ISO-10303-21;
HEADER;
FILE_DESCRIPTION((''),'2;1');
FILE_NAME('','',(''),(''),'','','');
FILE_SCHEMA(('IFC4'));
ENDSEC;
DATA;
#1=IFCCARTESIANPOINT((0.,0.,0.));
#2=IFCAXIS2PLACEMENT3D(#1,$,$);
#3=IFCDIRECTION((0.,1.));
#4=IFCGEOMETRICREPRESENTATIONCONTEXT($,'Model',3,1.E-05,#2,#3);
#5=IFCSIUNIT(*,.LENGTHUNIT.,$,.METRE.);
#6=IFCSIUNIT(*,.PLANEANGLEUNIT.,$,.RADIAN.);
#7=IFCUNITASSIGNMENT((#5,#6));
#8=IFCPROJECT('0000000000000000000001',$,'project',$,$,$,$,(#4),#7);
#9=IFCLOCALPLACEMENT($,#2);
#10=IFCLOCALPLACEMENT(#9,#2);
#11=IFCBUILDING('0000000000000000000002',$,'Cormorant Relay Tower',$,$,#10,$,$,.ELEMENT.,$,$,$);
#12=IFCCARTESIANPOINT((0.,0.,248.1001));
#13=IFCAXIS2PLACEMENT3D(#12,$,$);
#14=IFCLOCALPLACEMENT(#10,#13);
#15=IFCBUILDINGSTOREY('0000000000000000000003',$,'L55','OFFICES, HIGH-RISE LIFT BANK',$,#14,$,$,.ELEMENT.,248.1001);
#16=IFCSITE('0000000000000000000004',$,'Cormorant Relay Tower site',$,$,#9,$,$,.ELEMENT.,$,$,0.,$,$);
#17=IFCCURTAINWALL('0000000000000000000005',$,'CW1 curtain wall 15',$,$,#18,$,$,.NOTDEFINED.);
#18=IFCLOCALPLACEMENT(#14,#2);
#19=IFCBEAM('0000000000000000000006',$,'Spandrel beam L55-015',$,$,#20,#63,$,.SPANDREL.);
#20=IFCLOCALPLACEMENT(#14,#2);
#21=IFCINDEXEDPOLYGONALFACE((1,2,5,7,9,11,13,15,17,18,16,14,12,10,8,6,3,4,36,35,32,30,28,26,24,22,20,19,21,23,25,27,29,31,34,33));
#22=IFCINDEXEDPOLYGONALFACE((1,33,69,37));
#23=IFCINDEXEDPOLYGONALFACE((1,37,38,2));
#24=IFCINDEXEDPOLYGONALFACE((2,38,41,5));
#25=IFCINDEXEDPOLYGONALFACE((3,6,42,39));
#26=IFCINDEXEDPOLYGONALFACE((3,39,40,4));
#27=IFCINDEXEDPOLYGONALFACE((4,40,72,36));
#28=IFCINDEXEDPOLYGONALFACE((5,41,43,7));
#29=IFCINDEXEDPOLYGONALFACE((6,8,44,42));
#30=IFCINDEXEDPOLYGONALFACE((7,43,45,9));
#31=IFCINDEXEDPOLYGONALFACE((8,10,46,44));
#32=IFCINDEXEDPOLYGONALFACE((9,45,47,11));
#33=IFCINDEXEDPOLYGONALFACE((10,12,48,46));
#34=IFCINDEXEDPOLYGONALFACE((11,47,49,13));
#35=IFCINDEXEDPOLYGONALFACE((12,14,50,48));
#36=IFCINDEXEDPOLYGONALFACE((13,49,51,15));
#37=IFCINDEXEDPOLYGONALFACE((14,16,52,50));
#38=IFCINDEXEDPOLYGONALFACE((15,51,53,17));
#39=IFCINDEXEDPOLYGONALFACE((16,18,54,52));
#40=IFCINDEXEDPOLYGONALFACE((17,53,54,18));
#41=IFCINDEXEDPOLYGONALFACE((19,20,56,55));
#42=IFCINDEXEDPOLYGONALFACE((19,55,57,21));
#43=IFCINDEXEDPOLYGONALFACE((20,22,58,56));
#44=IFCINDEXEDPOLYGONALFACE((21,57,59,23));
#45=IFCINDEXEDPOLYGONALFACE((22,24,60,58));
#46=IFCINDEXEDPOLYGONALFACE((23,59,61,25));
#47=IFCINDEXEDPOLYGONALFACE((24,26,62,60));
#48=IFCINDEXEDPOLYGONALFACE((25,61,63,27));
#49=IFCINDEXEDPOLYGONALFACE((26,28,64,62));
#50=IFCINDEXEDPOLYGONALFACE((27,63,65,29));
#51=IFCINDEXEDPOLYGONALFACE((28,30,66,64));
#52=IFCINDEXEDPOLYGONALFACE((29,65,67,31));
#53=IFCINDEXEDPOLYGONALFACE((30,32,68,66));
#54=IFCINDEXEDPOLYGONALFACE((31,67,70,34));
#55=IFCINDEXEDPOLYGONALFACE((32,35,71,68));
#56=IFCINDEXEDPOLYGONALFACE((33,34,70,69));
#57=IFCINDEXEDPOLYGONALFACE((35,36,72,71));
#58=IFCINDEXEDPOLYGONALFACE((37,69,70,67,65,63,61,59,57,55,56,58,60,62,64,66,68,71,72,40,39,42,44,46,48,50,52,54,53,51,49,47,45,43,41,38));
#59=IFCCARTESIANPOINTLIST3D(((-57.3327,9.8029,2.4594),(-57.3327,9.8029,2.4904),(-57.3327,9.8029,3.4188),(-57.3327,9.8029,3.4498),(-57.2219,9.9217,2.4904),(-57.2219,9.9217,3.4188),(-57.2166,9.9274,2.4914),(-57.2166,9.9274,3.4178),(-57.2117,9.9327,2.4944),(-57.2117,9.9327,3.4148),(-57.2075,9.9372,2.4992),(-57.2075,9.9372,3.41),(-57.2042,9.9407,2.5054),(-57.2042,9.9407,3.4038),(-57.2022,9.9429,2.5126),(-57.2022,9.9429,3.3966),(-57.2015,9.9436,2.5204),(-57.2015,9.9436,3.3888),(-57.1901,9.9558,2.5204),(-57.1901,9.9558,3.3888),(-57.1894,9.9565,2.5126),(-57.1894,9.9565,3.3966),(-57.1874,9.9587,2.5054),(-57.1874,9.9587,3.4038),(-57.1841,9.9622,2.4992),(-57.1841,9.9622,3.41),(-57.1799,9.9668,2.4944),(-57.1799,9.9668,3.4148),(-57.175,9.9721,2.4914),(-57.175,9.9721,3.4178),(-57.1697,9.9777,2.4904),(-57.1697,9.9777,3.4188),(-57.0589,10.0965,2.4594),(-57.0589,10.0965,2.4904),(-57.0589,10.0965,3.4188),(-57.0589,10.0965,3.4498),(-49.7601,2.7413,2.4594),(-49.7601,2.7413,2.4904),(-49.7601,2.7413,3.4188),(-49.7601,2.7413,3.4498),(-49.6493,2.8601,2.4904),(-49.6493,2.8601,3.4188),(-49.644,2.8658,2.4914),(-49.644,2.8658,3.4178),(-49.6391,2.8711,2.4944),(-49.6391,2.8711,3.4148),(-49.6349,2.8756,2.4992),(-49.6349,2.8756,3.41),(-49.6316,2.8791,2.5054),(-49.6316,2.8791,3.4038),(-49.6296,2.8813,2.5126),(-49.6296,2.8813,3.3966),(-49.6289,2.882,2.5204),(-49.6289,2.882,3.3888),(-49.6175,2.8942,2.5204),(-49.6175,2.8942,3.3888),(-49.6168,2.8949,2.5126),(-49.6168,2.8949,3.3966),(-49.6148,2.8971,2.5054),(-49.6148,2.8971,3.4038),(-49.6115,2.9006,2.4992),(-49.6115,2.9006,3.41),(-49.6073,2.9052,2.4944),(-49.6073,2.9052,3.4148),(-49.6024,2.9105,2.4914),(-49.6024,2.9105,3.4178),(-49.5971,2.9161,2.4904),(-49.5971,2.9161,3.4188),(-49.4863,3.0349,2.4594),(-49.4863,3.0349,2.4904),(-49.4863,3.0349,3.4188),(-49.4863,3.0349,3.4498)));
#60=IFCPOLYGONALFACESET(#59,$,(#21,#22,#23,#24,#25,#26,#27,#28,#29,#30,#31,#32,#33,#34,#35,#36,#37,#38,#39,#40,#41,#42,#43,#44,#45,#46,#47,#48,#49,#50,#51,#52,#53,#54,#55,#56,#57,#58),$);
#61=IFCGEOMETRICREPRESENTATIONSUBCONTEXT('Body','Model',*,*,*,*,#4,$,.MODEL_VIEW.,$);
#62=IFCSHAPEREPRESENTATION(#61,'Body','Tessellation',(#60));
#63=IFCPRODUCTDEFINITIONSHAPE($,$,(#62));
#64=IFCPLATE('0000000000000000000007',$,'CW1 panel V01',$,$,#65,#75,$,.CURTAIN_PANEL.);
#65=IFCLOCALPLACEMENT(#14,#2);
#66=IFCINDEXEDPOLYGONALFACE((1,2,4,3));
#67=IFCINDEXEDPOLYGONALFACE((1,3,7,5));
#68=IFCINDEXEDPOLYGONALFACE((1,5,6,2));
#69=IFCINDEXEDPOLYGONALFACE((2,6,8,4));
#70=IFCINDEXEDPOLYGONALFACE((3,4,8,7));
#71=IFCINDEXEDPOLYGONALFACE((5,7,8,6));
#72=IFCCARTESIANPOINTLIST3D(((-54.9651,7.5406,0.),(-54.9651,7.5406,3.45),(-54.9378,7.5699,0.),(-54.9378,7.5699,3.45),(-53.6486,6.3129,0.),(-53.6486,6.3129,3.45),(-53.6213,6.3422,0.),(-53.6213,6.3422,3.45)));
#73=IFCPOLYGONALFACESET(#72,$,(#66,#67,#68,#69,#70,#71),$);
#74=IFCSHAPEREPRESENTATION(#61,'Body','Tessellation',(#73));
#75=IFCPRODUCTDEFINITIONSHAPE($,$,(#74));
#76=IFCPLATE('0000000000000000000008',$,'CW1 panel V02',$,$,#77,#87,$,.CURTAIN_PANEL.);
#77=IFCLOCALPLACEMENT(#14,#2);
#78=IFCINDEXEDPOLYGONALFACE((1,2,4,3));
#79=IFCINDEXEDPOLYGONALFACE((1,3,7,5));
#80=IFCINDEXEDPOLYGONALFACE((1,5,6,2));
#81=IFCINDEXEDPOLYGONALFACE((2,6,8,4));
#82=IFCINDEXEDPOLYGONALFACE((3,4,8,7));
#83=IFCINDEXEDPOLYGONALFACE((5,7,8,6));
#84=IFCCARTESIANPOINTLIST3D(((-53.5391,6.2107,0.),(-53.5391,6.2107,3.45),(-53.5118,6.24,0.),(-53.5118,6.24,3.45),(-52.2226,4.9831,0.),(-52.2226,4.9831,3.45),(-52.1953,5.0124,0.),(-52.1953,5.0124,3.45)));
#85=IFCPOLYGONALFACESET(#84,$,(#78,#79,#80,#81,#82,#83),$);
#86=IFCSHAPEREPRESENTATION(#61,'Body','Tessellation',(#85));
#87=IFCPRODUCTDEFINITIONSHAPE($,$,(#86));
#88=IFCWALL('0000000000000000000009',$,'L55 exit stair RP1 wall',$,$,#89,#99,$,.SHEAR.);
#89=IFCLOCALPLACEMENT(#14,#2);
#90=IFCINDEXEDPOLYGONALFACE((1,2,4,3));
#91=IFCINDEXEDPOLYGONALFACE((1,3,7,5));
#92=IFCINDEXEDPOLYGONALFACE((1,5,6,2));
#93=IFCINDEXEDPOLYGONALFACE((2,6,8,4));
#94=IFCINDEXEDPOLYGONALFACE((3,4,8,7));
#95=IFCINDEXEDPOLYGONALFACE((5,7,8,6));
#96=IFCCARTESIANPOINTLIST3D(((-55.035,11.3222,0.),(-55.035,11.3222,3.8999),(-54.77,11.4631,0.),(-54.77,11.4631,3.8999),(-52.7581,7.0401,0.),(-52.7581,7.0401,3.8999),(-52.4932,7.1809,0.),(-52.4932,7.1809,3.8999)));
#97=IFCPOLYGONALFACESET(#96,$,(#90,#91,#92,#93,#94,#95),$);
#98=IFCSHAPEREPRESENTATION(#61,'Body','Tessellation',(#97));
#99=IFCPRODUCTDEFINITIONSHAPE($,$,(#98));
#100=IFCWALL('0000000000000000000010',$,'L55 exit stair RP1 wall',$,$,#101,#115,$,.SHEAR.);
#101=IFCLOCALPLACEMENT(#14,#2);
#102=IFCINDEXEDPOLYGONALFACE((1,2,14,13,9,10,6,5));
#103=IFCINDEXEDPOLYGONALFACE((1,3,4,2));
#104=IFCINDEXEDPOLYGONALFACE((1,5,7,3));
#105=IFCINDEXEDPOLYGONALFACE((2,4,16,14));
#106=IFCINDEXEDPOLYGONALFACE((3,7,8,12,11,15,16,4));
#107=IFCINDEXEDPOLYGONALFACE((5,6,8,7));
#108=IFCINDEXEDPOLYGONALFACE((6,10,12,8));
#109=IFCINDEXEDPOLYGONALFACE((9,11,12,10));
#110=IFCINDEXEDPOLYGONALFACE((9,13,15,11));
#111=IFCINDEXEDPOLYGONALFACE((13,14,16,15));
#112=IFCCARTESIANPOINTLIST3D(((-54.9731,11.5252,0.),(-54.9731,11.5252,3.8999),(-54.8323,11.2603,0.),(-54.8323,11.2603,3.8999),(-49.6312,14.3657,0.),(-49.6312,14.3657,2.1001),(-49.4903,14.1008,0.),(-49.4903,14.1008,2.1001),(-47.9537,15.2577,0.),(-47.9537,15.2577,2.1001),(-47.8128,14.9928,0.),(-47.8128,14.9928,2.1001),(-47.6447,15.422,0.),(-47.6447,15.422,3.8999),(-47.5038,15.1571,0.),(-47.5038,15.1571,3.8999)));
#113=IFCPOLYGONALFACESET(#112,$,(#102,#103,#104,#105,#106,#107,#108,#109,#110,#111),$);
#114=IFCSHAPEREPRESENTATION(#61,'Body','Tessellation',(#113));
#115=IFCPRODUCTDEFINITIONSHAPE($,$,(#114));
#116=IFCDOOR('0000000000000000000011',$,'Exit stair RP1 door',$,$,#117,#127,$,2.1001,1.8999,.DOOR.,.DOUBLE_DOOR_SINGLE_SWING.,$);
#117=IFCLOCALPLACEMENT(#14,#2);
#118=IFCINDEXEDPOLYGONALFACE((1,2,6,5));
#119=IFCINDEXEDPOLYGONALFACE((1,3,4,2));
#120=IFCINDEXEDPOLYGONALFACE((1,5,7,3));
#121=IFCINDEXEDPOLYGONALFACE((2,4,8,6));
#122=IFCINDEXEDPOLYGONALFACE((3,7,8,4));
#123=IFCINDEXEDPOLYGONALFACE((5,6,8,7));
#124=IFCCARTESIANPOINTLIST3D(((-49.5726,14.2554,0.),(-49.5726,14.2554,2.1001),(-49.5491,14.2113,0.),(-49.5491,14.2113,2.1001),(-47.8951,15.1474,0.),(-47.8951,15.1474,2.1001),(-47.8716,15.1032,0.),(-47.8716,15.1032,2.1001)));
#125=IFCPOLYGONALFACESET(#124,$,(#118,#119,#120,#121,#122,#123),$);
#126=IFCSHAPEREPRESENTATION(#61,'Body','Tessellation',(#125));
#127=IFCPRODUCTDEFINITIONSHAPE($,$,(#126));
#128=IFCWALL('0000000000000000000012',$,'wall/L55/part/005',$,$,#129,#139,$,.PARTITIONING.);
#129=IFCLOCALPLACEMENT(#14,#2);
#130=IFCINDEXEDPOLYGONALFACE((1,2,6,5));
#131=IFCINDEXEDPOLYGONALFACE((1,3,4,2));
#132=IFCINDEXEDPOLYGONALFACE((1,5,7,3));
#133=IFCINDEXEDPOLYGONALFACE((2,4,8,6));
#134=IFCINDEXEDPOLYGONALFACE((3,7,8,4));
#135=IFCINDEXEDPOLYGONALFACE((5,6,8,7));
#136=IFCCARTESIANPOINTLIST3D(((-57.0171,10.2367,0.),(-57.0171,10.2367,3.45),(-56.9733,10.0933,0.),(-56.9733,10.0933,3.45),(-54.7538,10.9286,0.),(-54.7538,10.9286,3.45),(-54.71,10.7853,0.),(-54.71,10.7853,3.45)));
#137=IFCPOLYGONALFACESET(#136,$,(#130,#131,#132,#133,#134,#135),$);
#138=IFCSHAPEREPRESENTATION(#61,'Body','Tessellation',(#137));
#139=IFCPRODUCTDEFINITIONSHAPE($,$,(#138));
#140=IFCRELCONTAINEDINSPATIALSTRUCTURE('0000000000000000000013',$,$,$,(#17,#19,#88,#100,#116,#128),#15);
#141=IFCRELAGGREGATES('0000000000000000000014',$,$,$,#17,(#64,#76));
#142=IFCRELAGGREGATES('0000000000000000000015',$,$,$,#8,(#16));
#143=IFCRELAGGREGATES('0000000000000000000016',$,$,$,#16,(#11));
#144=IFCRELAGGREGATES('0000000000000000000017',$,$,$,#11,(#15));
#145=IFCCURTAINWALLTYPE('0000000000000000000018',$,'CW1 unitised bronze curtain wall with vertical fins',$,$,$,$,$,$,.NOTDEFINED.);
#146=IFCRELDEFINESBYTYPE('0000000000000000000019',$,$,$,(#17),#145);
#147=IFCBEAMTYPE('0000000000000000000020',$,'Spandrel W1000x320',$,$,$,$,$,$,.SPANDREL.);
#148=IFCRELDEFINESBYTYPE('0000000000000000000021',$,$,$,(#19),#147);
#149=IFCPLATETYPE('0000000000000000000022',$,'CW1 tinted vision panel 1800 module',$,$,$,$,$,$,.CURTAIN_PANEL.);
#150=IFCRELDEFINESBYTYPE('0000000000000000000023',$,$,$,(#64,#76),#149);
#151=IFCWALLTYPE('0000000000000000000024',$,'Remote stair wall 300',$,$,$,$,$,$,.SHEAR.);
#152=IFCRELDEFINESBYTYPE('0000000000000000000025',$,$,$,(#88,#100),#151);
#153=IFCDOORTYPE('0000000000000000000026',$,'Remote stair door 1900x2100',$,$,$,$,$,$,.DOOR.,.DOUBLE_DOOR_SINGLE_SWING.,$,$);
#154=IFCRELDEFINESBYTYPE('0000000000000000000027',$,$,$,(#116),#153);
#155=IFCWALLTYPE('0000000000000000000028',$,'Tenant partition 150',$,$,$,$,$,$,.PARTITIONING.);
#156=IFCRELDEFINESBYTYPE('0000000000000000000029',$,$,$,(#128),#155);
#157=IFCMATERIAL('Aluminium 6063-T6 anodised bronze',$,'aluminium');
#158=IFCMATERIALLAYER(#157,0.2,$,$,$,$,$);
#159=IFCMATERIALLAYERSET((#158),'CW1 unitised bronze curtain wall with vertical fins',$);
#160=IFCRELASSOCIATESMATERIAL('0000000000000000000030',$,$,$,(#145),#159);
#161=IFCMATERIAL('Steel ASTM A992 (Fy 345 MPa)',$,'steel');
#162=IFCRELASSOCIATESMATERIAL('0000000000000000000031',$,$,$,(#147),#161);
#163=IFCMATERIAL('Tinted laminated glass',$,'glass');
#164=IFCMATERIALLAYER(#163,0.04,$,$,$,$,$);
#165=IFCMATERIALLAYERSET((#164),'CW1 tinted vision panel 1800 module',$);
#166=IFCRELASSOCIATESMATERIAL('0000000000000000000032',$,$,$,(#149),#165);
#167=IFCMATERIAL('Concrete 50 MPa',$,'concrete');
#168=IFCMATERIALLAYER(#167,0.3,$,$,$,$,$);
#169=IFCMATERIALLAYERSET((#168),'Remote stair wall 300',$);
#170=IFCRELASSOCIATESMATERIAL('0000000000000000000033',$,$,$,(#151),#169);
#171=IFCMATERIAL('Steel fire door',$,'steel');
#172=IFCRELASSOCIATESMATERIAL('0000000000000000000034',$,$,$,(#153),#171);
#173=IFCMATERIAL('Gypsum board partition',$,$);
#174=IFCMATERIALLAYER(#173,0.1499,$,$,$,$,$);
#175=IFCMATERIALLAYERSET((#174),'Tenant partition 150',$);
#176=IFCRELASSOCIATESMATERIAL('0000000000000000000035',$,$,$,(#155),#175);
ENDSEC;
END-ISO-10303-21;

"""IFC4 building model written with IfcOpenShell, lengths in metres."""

from ifc_helpers import new_model, si_unit, direction, frame, frame_2d, origin, origin_2d, place, context, subcontext, project, spatial, rectangle, i_section, extrude, material, layer, layer_set, material_profile, profile_set, type_object, element, fill, aggregate, save


model = new_model("IFC4")

# Units and contexts
model_context = context("Model", 3, precision=1e-05, world=origin(), true_north=direction((0.0, 1.0)))
body_context = subcontext(model_context, "Body", "Model", "MODEL_VIEW")
ifc_project = project(units=[si_unit("LENGTHUNIT", "METRE"), si_unit("PLANEANGLEUNIT", "RADIAN")], contexts=[model_context])

# Site, building, storey
site_placement = place(None, origin())
site = spatial("IfcSite", under=ifc_project, at=site_placement, Name="Cormorant Relay Tower site", CompositionType="ELEMENT", RefElevation=0.0)
building_placement = place(site_placement, origin())
building = spatial("IfcBuilding", under=site, at=building_placement, Name="Cormorant Relay Tower", CompositionType="ELEMENT")
storey_placement = place(building_placement, frame((0.0, 0.0, 248.1001)))
storey = spatial("IfcBuildingStorey", under=building, at=storey_placement, Name="L55", Description="OFFICES, HIGH-RISE LIFT BANK", CompositionType="ELEMENT", Elevation=248.1001)

# Curtain wall
ifc_material_1 = material(Name="Aluminium 6063-T6 anodised bronze", Category="aluminium")
ifc_layer_1 = layer(ifc_material_1, 0.2)
ifc_layer_set_1 = layer_set([ifc_layer_1], Name="CW1 unitised bronze curtain wall with vertical fins")
curtain_wall_type = type_object("IfcCurtainWallType", Name="CW1 unitised bronze curtain wall with vertical fins", PredefinedType="NOTDEFINED", material=ifc_layer_set_1)
curtain_wall_1_placement = place(storey_placement, origin())
curtain_wall_1 = element("IfcCurtainWall", 1, at=curtain_wall_1_placement, inside=storey, type_object=curtain_wall_type, Name="CW1 curtain wall 15", PredefinedType="NOTDEFINED")

# Beam
ifc_material_2 = material(Name="Steel ASTM A992 (Fy 345 MPa)", Category="steel")
ifc_material_profile_1 = material_profile(ifc_material_2, i_section(OverallWidth=0.4014, OverallDepth=0.9905, WebThickness=0.0166, FlangeThickness=0.031, FilletRadius=0.03, at=origin_2d()), Name="W1000x320")
ifc_profile_set_1 = profile_set([ifc_material_profile_1], Name="Steel ASTM A992 (Fy 345 MPa)")
beam_type = type_object("IfcBeamType", Name="Spandrel W1000x320", PredefinedType="SPANDREL", material=ifc_profile_set_1)
beam_placement = place(storey_placement, frame((-57.1958, 9.9497, 2.9546), z_axis=(0.731352, -0.682001, 0.0), x_axis=(0.682001, 0.731352, 0.0)))
element("IfcBeam", 2, at=beam_placement, inside=storey, type_object=beam_type, Name="Spandrel beam L55-015", PredefinedType="SPANDREL", context=body_context, shape_type="SweptSolid", body=[
    extrude(i_section(OverallWidth=0.4014, OverallDepth=0.9905, WebThickness=0.0166, FlangeThickness=0.031, FilletRadius=0.03, at=origin_2d()), origin(), (0.0, 0.0, 1.0), 10.3542),
])

# Plates
ifc_material_3 = material(Name="Tinted laminated glass", Category="glass")
ifc_layer_2 = layer(ifc_material_3, 0.04)
ifc_layer_set_2 = layer_set([ifc_layer_2], Name="CW1 tinted vision panel 1800 module")
plate_type = type_object("IfcPlateType", Name="CW1 tinted vision panel 1800 module", PredefinedType="CURTAIN_PANEL", material=ifc_layer_set_2)
plate_1_placement = place(storey_placement, frame((-54.2932, 6.9414, 0.0), z_axis=(0.0, 0.0, 1.0), x_axis=(0.731354, -0.681998, 0.0)))
plate_1 = element("IfcPlate", 3, at=plate_1_placement, type_object=plate_type, Name="CW1 panel V01", PredefinedType="CURTAIN_PANEL", context=body_context, shape_type="SweptSolid", body=[
    extrude(rectangle(XDim=1.8, YDim=0.04, at=origin_2d()), origin(), (0.0, 0.0, 1.0), 3.45),
])
plate_2_placement = place(storey_placement, frame((-52.8672, 5.6116, 0.0), z_axis=(0.0, 0.0, 1.0), x_axis=(0.731354, -0.681998, 0.0)))
plate_2 = element("IfcPlate", 4, at=plate_2_placement, type_object=plate_type, Name="CW1 panel V02", PredefinedType="CURTAIN_PANEL", context=body_context, shape_type="SweptSolid", body=[
    extrude(rectangle(XDim=1.8, YDim=0.04, at=origin_2d()), origin(), (0.0, 0.0, 1.0), 3.45),
])

# Wall
ifc_material_4 = material(Name="Concrete 50 MPa", Category="concrete")
ifc_layer_3 = layer(ifc_material_4, 0.3)
ifc_layer_set_3 = layer_set([ifc_layer_3], Name="Remote stair wall 300")
wall_type_1 = type_object("IfcWallType", Name="Remote stair wall 300", PredefinedType="SHEAR", material=ifc_layer_set_3)
wall_1_placement = place(storey_placement, frame((-52.6257, 7.1106, 0.0), z_axis=(0.0, 0.0, 1.0), x_axis=(-0.469464, 0.882951, 0.0)))
element("IfcWall", 5, at=wall_1_placement, inside=storey, type_object=wall_type_1, Name="L55 exit stair RP1 wall", PredefinedType="SHEAR", context=body_context, shape_type="SweptSolid", body=[
    extrude(rectangle(XDim=4.8499, YDim=0.3, at=frame_2d((2.4248, 0.0))), origin(), (0.0, 0.0, 1.0), 3.8999),
])

# Wall, opening, door
wall_2_placement = place(storey_placement, frame((-54.9026, 11.3928, 0.0), z_axis=(0.0, 0.0, 1.0), x_axis=(0.882939, 0.469487, 0.0)))
wall_2 = element("IfcWall", 6, at=wall_2_placement, inside=storey, type_object=wall_type_1, Name="L55 exit stair RP1 wall", PredefinedType="SHEAR", context=body_context, shape_type="SweptSolid", body=[
    extrude(rectangle(XDim=8.3, YDim=0.3, at=frame_2d((4.1499, 0.0))), origin(), (0.0, 0.0, 1.0), 3.8999),
])
opening_placement = place(wall_2_placement, frame((6.05, 0.0, 0.0)))
opening = element("IfcOpeningElement", 7, at=opening_placement, cuts=wall_2, PredefinedType="OPENING", context=body_context, shape_type="SweptSolid", body=[
    extrude(rectangle(XDim=1.8999, YDim=2.1001, at=frame_2d((0.95, 1.05))), frame((0.0, 0.1599, 0.0), z_axis=(0.0, -1.0, 0.0), x_axis=(1.0, 0.0, 0.0)), (0.0, 0.0, 1.0), 0.3201),
])
ifc_material_5 = material(Name="Steel fire door", Category="steel")
door_type = type_object("IfcDoorType", Name="Remote stair door 1900x2100", OperationType="DOUBLE_DOOR_SINGLE_SWING", PredefinedType="DOOR", material=ifc_material_5)
door_placement = place(opening_placement, frame((1.8999, 0.0, 0.0), z_axis=(0.0, 0.0, 1.0), x_axis=(-1.0, 0.0, 0.0)))
door = element("IfcDoor", 8, at=door_placement, inside=storey, type_object=door_type, Name="Exit stair RP1 door", OperationType="DOUBLE_DOOR_SINGLE_SWING", OverallHeight=2.1001, OverallWidth=1.8999, PredefinedType="DOOR", context=body_context, shape_type="SweptSolid", body=[
    extrude(rectangle(XDim=1.8999, YDim=2.1001, at=frame_2d((0.95, 1.05))), frame((0.0, 0.0249, 0.0), z_axis=(0.0, -1.0, 0.0), x_axis=(1.0, 0.0, 0.0)), (0.0, 0.0, 1.0), 0.05),
])
fill(opening, door)

# Wall
ifc_material_6 = material(Name="Gypsum board partition")
ifc_layer_4 = layer(ifc_material_6, 0.1499)
ifc_layer_set_4 = layer_set([ifc_layer_4], Name="Tenant partition 150")
wall_type_2 = type_object("IfcWallType", Name="Tenant partition 150", PredefinedType="PARTITIONING", material=ifc_layer_set_4)
wall_3_placement = place(storey_placement, frame((-54.7319, 10.8569, 0.0), z_axis=(0.0, 0.0, 1.0), x_axis=(-0.956308, -0.29236, 0.0)))
element("IfcWall", 9, at=wall_3_placement, inside=storey, type_object=wall_type_2, Name="wall/L55/part/005", PredefinedType="PARTITIONING", context=body_context, shape_type="SweptSolid", body=[
    extrude(rectangle(XDim=2.3667, YDim=0.1499, at=frame_2d((1.1833, 0.0))), origin(), (0.0, 0.0, 1.0), 3.45),
])

aggregate(curtain_wall_1, [plate_1, plate_2])

save(model, "model.ifc")
